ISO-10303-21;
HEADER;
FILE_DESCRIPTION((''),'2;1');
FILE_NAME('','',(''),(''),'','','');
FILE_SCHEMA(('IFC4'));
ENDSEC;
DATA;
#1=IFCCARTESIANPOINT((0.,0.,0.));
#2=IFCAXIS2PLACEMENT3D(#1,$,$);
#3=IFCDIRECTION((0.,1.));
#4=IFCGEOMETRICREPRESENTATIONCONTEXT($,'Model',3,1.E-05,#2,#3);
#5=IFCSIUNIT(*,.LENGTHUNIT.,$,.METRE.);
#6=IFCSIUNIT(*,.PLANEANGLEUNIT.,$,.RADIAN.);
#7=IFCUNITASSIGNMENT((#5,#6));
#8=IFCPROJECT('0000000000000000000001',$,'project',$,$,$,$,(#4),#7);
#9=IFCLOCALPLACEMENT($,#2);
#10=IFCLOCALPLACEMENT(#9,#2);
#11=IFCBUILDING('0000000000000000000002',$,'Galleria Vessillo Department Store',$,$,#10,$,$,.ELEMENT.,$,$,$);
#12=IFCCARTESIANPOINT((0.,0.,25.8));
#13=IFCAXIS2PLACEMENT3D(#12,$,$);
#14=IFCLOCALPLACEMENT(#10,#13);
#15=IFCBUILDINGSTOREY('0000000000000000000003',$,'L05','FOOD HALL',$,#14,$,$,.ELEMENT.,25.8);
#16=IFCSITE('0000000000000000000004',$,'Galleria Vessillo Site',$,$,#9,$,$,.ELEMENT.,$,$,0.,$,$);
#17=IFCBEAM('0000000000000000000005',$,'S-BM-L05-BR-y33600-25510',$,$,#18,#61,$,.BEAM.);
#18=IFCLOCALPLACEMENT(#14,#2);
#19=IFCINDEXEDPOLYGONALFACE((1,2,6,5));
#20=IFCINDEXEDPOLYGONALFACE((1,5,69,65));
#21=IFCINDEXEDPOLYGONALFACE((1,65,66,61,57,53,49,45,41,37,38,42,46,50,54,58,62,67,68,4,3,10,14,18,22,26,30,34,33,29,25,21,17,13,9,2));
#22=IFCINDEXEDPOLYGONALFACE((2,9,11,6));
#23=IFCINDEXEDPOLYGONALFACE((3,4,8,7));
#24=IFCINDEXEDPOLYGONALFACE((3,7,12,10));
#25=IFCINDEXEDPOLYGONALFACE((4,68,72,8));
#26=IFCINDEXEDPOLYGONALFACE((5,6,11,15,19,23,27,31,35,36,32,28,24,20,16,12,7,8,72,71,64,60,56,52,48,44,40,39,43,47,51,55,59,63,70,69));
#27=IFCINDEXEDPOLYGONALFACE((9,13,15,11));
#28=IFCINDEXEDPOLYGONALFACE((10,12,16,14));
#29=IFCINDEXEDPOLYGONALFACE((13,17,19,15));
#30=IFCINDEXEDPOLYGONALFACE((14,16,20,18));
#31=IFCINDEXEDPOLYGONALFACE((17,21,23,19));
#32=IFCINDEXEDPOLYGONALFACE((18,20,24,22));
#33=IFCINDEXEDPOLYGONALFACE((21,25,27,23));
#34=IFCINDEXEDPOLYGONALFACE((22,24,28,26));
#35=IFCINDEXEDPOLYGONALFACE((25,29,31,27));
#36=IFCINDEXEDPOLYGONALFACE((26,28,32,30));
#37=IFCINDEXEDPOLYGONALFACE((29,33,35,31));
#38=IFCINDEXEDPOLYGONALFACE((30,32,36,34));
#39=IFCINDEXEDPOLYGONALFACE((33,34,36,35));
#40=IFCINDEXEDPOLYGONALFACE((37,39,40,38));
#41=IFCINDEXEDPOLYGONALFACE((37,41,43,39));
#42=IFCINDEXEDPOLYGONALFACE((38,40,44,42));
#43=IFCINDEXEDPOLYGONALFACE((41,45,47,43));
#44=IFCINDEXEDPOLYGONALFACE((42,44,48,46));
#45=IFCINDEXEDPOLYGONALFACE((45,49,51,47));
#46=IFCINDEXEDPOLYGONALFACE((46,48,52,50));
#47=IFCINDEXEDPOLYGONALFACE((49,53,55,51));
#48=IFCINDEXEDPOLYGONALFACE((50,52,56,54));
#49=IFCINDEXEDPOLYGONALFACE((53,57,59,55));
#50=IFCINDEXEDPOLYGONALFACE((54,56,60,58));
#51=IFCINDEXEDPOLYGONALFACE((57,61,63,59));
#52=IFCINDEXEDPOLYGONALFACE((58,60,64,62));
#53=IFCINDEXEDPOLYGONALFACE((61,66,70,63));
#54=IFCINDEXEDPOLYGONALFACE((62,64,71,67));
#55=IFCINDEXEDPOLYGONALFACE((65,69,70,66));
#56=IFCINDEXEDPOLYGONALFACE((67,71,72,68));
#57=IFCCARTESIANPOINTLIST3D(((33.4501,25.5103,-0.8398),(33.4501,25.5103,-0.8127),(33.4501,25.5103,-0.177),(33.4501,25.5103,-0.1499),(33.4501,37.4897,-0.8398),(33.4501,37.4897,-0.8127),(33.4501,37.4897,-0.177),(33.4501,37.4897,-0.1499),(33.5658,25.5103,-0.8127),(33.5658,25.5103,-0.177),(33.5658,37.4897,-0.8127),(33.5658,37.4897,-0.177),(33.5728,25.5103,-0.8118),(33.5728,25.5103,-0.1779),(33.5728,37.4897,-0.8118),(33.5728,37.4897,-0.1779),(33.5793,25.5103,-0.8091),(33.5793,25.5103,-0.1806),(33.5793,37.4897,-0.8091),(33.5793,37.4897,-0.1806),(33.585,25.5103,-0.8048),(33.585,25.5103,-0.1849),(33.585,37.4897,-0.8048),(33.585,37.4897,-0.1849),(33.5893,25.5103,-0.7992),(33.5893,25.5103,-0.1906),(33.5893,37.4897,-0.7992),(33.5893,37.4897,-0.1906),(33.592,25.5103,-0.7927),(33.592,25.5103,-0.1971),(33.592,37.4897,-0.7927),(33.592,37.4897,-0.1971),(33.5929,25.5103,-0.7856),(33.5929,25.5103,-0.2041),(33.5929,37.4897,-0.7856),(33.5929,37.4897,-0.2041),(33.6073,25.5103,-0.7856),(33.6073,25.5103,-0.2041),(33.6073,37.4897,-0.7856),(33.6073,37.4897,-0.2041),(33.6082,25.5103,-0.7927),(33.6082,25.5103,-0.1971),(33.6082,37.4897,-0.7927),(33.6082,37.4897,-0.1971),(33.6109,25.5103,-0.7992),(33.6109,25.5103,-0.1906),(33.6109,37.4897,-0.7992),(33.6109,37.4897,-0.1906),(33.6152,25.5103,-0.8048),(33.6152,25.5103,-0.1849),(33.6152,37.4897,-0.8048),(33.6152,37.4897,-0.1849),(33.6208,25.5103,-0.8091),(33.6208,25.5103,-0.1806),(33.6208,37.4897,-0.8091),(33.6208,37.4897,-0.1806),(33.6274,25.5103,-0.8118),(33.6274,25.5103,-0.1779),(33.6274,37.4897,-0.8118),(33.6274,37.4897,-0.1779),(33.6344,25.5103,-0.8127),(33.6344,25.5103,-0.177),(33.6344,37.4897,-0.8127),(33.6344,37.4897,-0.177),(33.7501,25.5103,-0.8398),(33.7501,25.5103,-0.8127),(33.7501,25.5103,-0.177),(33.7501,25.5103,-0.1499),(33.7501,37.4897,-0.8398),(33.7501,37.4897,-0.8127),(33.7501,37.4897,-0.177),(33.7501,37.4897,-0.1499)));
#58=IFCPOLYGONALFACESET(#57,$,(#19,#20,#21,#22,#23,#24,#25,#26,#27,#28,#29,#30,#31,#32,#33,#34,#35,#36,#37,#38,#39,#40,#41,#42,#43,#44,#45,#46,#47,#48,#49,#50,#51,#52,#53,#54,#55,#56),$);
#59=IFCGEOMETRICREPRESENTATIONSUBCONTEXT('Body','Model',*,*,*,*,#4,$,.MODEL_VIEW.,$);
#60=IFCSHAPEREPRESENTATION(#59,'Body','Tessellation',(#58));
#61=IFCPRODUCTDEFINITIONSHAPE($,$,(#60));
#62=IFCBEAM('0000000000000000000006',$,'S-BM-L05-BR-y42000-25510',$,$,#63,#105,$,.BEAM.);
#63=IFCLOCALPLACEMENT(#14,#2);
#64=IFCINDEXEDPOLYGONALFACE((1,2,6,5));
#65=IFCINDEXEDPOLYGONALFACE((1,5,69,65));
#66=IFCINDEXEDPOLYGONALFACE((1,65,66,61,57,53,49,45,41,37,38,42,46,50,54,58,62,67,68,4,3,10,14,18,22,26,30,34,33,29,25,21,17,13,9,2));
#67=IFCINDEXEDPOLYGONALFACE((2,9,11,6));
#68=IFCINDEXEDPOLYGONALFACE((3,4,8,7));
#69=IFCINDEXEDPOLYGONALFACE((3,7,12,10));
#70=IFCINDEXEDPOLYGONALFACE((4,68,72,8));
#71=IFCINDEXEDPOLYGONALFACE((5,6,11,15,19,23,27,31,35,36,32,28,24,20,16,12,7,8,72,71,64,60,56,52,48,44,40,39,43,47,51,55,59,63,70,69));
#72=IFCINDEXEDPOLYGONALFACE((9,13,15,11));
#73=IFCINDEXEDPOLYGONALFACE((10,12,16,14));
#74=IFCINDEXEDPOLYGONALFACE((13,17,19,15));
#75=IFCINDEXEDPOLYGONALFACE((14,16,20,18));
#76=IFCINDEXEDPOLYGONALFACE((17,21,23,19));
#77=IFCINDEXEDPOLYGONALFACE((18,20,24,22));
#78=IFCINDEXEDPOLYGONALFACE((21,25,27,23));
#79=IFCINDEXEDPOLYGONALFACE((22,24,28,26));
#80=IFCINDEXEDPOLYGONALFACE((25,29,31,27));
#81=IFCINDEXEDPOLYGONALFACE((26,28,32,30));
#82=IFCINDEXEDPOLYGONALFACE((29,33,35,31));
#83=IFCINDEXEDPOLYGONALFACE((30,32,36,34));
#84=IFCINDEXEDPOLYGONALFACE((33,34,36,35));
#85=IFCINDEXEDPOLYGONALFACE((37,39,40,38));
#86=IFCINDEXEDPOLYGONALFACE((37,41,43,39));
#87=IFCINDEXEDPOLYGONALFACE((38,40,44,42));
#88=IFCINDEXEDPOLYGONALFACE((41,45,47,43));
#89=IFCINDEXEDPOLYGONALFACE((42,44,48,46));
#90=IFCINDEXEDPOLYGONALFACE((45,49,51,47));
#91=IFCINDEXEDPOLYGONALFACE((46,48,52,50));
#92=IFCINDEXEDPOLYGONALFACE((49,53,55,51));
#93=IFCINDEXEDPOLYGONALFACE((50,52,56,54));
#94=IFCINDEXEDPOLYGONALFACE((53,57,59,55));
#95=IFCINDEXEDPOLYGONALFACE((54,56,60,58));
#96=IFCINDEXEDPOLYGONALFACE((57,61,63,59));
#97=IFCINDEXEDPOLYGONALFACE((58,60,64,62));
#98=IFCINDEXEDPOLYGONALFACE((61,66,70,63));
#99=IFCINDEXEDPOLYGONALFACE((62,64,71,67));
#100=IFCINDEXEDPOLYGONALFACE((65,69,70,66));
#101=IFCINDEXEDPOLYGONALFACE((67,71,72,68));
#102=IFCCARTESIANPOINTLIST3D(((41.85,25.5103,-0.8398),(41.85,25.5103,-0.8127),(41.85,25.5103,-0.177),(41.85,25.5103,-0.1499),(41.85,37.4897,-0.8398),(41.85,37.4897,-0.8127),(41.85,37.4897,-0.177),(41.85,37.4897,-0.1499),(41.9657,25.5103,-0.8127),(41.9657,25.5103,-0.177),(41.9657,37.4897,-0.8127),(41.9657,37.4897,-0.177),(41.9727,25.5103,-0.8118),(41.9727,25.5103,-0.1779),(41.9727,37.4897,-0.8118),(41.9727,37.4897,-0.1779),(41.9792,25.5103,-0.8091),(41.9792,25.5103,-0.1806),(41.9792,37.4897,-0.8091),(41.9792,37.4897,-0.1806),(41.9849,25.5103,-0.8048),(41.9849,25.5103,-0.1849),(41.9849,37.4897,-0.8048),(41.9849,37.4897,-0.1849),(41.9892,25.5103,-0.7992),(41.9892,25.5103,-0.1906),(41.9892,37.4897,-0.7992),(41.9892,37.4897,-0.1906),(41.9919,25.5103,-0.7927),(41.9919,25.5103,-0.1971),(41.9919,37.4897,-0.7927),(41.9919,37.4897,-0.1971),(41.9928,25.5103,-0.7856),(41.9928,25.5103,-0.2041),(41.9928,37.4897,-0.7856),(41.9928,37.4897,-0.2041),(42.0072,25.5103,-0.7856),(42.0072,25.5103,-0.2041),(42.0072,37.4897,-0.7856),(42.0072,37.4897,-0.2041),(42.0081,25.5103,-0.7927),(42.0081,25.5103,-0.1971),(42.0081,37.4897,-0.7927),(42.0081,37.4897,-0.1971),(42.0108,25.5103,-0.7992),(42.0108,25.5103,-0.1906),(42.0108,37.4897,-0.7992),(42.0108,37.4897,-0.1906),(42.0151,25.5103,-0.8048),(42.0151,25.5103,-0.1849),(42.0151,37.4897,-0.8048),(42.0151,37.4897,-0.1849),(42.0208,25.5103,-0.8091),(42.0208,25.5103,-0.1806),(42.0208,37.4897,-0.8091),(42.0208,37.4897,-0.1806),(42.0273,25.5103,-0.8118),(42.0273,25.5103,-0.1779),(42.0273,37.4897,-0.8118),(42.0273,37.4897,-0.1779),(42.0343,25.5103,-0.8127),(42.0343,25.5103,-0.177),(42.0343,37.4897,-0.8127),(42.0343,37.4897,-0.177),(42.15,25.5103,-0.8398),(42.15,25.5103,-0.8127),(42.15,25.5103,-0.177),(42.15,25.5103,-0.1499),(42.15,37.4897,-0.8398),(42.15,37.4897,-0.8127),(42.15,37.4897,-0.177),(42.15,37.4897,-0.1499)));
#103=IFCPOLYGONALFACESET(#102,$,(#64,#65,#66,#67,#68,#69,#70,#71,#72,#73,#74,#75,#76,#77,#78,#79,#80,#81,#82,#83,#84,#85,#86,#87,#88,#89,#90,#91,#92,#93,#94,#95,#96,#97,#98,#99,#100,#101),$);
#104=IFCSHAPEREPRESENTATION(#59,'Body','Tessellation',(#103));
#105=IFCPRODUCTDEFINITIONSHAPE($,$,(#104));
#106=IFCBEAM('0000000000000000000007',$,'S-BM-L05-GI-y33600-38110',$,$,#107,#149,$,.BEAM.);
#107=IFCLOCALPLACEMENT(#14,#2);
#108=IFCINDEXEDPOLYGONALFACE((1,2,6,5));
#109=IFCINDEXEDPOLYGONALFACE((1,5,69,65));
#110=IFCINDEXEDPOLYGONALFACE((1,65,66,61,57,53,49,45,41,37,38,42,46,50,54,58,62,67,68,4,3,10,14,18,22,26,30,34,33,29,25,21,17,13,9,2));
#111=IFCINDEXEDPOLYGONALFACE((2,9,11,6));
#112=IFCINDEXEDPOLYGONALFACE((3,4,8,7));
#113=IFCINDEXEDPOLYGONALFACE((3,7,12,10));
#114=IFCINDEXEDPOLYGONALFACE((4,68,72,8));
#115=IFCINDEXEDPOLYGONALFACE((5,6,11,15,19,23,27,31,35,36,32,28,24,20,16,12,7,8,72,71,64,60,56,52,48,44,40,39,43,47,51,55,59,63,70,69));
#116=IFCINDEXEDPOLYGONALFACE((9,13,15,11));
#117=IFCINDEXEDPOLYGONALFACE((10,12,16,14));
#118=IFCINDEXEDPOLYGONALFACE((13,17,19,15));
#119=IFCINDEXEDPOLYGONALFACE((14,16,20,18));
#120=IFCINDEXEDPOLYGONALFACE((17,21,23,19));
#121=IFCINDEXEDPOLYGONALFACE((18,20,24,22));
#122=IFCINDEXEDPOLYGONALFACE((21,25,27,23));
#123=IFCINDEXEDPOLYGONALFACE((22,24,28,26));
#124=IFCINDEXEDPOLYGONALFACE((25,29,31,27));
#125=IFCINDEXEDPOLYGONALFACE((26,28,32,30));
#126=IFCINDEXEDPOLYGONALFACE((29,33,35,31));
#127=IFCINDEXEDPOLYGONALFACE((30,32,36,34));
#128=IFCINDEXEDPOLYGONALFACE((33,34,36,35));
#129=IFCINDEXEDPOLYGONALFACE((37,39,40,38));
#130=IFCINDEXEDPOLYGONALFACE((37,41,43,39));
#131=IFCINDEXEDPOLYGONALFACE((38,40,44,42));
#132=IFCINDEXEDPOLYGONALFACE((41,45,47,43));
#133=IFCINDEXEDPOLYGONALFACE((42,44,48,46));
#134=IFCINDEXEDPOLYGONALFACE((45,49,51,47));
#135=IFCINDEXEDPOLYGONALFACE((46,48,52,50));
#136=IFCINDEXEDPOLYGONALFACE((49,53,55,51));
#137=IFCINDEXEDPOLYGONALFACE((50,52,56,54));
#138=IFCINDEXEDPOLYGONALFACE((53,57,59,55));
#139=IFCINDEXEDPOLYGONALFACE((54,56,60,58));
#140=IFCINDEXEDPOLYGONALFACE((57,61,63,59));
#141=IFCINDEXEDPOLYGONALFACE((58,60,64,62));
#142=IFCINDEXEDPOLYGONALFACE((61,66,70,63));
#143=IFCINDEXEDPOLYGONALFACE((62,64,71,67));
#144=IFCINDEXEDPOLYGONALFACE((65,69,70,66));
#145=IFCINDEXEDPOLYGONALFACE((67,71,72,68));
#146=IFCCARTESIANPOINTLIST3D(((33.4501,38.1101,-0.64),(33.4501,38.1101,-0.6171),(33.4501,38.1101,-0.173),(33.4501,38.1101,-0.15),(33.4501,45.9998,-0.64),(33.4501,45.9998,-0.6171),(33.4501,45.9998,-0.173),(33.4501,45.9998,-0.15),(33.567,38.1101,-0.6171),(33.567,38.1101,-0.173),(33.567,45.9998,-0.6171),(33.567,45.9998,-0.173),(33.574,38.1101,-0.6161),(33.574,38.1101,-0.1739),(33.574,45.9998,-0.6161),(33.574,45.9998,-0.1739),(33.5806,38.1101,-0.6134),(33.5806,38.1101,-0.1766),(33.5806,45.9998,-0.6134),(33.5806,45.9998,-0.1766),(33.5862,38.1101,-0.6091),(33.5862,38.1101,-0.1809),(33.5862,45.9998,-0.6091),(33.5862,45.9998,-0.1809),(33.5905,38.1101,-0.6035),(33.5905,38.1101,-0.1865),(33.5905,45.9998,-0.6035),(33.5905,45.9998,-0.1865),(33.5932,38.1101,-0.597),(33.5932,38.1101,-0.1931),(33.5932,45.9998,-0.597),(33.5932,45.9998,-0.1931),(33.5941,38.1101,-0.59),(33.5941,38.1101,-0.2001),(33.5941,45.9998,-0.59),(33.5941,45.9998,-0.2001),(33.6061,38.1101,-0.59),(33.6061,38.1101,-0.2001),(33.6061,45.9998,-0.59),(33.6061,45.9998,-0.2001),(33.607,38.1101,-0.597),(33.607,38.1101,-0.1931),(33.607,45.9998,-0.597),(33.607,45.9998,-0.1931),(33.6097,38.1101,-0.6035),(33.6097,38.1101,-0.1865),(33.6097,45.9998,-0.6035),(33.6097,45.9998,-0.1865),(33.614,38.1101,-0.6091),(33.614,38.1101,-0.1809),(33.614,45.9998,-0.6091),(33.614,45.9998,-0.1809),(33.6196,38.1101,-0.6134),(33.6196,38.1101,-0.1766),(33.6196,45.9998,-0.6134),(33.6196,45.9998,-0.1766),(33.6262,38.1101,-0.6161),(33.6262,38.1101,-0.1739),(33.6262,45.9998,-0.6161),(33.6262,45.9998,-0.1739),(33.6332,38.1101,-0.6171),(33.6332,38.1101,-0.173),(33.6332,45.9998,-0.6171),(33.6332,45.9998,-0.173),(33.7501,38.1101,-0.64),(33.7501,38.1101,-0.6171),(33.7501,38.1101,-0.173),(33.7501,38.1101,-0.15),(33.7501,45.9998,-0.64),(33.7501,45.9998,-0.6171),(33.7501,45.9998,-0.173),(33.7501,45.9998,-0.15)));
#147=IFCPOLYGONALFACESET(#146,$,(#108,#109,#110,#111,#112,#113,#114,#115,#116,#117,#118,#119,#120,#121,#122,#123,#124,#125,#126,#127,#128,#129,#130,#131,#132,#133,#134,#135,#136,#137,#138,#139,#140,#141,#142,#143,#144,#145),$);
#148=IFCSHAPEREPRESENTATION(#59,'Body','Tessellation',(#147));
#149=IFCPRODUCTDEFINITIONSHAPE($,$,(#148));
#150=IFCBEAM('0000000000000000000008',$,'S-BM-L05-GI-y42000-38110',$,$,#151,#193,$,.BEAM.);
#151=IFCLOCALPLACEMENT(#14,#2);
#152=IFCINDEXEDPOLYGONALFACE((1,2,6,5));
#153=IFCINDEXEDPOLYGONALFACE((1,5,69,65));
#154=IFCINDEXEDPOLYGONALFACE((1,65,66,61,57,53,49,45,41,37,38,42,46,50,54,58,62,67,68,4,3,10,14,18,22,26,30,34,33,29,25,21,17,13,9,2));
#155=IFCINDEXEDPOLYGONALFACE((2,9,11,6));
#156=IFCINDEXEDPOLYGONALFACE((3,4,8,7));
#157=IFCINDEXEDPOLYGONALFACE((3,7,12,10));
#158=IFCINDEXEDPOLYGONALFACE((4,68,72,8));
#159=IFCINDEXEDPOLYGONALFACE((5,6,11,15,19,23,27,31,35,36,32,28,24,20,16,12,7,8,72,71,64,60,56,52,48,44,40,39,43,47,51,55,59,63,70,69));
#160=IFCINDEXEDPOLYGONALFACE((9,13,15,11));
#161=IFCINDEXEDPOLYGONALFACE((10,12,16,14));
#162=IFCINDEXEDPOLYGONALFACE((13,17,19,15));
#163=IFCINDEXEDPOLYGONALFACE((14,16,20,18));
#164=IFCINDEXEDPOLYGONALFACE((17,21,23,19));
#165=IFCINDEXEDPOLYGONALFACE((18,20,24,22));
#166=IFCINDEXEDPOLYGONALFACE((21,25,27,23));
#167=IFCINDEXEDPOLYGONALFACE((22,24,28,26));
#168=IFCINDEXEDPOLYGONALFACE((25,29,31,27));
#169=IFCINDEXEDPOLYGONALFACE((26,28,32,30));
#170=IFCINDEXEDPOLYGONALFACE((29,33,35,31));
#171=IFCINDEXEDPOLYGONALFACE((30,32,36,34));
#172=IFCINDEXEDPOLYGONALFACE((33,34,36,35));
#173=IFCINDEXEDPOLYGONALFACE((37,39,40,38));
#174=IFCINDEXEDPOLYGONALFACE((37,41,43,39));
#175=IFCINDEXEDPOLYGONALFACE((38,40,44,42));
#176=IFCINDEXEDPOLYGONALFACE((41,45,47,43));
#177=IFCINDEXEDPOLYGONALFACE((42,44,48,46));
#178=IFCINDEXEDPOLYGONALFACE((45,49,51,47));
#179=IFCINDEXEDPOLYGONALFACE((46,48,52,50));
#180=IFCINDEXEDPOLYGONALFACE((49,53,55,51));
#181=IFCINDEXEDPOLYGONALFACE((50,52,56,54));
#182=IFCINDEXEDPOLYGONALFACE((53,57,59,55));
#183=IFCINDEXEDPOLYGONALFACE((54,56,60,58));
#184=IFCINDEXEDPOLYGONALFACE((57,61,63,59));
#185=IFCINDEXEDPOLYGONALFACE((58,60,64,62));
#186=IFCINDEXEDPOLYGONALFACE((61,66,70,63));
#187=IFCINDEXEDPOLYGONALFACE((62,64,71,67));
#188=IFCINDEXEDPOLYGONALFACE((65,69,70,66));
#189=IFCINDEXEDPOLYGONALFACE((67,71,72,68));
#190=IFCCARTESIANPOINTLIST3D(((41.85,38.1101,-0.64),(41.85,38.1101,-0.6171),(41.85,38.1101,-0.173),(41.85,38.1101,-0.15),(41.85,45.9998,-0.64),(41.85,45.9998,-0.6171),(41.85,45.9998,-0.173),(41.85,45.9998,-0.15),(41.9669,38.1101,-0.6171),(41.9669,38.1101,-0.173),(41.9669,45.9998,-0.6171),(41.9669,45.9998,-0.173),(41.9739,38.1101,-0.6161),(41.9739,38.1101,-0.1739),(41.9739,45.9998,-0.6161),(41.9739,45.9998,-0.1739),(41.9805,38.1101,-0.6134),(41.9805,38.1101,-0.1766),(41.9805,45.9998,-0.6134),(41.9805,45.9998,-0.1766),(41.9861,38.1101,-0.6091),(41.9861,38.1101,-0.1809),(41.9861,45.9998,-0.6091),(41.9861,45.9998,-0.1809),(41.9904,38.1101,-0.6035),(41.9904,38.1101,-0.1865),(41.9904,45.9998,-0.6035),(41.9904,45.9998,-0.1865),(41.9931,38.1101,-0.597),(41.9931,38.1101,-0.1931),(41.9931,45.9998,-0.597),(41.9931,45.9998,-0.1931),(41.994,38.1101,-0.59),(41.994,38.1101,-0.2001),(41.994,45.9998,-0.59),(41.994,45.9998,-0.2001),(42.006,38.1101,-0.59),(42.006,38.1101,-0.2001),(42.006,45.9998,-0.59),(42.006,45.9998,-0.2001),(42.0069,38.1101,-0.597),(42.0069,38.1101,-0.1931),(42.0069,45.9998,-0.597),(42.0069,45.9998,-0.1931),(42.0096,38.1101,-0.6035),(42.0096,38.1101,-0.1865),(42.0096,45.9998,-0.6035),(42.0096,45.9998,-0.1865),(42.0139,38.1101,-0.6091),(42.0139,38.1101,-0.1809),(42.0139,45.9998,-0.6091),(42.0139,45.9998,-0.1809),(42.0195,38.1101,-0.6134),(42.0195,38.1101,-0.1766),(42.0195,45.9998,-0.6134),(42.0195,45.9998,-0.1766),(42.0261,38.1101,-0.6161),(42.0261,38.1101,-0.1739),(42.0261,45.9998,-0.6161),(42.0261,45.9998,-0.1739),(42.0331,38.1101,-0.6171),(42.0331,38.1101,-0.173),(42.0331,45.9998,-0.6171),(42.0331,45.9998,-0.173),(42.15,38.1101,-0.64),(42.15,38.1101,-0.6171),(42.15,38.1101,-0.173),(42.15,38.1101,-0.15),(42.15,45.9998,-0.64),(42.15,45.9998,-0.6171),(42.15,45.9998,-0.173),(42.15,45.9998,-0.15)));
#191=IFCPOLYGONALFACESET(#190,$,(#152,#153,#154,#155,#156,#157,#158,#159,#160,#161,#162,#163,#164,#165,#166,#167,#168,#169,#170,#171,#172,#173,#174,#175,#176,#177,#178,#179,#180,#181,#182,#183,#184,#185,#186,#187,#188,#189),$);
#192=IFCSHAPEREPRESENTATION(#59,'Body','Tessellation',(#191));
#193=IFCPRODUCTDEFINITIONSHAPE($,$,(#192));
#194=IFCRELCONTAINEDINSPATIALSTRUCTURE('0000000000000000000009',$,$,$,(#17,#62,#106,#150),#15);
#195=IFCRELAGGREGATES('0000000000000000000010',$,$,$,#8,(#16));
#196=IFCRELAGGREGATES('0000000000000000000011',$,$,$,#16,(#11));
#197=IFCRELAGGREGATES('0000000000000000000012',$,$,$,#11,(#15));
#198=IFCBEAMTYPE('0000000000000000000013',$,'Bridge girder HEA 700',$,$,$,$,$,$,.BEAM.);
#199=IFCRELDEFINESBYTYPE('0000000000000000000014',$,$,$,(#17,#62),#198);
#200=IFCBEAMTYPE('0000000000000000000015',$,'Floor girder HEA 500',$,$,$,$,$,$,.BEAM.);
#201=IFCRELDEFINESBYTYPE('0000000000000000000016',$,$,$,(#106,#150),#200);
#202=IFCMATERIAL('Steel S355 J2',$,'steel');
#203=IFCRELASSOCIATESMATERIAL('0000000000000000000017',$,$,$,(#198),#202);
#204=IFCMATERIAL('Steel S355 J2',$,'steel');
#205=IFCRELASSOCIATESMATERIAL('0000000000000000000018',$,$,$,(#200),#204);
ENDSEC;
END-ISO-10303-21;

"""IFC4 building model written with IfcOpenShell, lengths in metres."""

from ifc_helpers import new_model, si_unit, direction, frame, origin, origin_2d, place, context, subcontext, project, spatial, i_section, extrude, material, material_profile, profile_set, type_object, element, save


model = new_model("IFC4")

# Units and contexts
model_context = context("Model", 3, precision=1e-05, world=origin(), true_north=direction((0.0, 1.0)))
body_context = subcontext(model_context, "Body", "Model", "MODEL_VIEW")
ifc_project = project(units=[si_unit("LENGTHUNIT", "METRE"), si_unit("PLANEANGLEUNIT", "RADIAN")], contexts=[model_context])

# Site, building, storey
site_placement = place(None, origin())
site = spatial("IfcSite", under=ifc_project, at=site_placement, Name="Galleria Vessillo Site", CompositionType="ELEMENT", RefElevation=0.0)
building_placement = place(site_placement, origin())
building = spatial("IfcBuilding", under=site, at=building_placement, Name="Galleria Vessillo Department Store", CompositionType="ELEMENT")
storey_placement = place(building_placement, frame((0.0, 0.0, 25.8)))
storey = spatial("IfcBuildingStorey", under=building, at=storey_placement, Name="L05", Description="FOOD HALL", CompositionType="ELEMENT", Elevation=25.8)

# Beams
ifc_material_1 = material(Name="Steel S355 J2", Category="steel")
ifc_material_profile_1 = material_profile(ifc_material_1, i_section(OverallWidth=0.3, OverallDepth=0.6899, WebThickness=0.0144, FlangeThickness=0.0271, FilletRadius=0.0271, at=origin_2d()), Name="HEA 700")
ifc_profile_set_1 = profile_set([ifc_material_profile_1], Name="Steel S355 J2")
beam_type_1 = type_object("IfcBeamType", Name="Bridge girder HEA 700", PredefinedType="BEAM", material=ifc_profile_set_1)
for number, where, z_axis, x_axis, name in (
    (1, (33.6001, 25.5103, -0.4949), (0.0, 1.0, 0.0), (-1.0, 0.0, 0.0), "S-BM-L05-BR-y33600-25510"),
    (2, (42.0, 25.5103, -0.4949), (0.0, 1.0, 0.0), (-1.0, 0.0, 0.0), "S-BM-L05-BR-y42000-25510"),
):
    element("IfcBeam", number, at=place(storey_placement, frame(where, z_axis=z_axis, x_axis=x_axis)), inside=storey, type_object=beam_type_1, Name=name, PredefinedType="BEAM", context=body_context, shape_type="SweptSolid", body=[
        extrude(i_section(OverallWidth=0.3, OverallDepth=0.6899, WebThickness=0.0144, FlangeThickness=0.0271, FilletRadius=0.0271, at=origin_2d()), origin(), (0.0, 0.0, 1.0), 11.9795),
    ])
ifc_material_2 = material(Name="Steel S355 J2", Category="steel")
ifc_material_profile_2 = material_profile(ifc_material_2, i_section(OverallWidth=0.3, OverallDepth=0.49, WebThickness=0.012, FlangeThickness=0.0229, FilletRadius=0.0271, at=origin_2d()), Name="HEA 500")
ifc_profile_set_2 = profile_set([ifc_material_profile_2], Name="Steel S355 J2")
beam_type_2 = type_object("IfcBeamType", Name="Floor girder HEA 500", PredefinedType="BEAM", material=ifc_profile_set_2)
for number, where, z_axis, x_axis, name in (
    (3, (33.6001, 38.1101, -0.395), (0.0, 1.0, 0.0), (-1.0, 0.0, 0.0), "S-BM-L05-GI-y33600-38110"),
    (4, (42.0, 38.1101, -0.395), (0.0, 1.0, 0.0), (-1.0, 0.0, 0.0), "S-BM-L05-GI-y42000-38110"),
):
    element("IfcBeam", number, at=place(storey_placement, frame(where, z_axis=z_axis, x_axis=x_axis)), inside=storey, type_object=beam_type_2, Name=name, PredefinedType="BEAM", context=body_context, shape_type="SweptSolid", body=[
        extrude(i_section(OverallWidth=0.3, OverallDepth=0.49, WebThickness=0.012, FlangeThickness=0.0229, FilletRadius=0.0271, at=origin_2d()), origin(), (0.0, 0.0, 1.0), 7.8896),
    ])

save(model, "model.ifc")
